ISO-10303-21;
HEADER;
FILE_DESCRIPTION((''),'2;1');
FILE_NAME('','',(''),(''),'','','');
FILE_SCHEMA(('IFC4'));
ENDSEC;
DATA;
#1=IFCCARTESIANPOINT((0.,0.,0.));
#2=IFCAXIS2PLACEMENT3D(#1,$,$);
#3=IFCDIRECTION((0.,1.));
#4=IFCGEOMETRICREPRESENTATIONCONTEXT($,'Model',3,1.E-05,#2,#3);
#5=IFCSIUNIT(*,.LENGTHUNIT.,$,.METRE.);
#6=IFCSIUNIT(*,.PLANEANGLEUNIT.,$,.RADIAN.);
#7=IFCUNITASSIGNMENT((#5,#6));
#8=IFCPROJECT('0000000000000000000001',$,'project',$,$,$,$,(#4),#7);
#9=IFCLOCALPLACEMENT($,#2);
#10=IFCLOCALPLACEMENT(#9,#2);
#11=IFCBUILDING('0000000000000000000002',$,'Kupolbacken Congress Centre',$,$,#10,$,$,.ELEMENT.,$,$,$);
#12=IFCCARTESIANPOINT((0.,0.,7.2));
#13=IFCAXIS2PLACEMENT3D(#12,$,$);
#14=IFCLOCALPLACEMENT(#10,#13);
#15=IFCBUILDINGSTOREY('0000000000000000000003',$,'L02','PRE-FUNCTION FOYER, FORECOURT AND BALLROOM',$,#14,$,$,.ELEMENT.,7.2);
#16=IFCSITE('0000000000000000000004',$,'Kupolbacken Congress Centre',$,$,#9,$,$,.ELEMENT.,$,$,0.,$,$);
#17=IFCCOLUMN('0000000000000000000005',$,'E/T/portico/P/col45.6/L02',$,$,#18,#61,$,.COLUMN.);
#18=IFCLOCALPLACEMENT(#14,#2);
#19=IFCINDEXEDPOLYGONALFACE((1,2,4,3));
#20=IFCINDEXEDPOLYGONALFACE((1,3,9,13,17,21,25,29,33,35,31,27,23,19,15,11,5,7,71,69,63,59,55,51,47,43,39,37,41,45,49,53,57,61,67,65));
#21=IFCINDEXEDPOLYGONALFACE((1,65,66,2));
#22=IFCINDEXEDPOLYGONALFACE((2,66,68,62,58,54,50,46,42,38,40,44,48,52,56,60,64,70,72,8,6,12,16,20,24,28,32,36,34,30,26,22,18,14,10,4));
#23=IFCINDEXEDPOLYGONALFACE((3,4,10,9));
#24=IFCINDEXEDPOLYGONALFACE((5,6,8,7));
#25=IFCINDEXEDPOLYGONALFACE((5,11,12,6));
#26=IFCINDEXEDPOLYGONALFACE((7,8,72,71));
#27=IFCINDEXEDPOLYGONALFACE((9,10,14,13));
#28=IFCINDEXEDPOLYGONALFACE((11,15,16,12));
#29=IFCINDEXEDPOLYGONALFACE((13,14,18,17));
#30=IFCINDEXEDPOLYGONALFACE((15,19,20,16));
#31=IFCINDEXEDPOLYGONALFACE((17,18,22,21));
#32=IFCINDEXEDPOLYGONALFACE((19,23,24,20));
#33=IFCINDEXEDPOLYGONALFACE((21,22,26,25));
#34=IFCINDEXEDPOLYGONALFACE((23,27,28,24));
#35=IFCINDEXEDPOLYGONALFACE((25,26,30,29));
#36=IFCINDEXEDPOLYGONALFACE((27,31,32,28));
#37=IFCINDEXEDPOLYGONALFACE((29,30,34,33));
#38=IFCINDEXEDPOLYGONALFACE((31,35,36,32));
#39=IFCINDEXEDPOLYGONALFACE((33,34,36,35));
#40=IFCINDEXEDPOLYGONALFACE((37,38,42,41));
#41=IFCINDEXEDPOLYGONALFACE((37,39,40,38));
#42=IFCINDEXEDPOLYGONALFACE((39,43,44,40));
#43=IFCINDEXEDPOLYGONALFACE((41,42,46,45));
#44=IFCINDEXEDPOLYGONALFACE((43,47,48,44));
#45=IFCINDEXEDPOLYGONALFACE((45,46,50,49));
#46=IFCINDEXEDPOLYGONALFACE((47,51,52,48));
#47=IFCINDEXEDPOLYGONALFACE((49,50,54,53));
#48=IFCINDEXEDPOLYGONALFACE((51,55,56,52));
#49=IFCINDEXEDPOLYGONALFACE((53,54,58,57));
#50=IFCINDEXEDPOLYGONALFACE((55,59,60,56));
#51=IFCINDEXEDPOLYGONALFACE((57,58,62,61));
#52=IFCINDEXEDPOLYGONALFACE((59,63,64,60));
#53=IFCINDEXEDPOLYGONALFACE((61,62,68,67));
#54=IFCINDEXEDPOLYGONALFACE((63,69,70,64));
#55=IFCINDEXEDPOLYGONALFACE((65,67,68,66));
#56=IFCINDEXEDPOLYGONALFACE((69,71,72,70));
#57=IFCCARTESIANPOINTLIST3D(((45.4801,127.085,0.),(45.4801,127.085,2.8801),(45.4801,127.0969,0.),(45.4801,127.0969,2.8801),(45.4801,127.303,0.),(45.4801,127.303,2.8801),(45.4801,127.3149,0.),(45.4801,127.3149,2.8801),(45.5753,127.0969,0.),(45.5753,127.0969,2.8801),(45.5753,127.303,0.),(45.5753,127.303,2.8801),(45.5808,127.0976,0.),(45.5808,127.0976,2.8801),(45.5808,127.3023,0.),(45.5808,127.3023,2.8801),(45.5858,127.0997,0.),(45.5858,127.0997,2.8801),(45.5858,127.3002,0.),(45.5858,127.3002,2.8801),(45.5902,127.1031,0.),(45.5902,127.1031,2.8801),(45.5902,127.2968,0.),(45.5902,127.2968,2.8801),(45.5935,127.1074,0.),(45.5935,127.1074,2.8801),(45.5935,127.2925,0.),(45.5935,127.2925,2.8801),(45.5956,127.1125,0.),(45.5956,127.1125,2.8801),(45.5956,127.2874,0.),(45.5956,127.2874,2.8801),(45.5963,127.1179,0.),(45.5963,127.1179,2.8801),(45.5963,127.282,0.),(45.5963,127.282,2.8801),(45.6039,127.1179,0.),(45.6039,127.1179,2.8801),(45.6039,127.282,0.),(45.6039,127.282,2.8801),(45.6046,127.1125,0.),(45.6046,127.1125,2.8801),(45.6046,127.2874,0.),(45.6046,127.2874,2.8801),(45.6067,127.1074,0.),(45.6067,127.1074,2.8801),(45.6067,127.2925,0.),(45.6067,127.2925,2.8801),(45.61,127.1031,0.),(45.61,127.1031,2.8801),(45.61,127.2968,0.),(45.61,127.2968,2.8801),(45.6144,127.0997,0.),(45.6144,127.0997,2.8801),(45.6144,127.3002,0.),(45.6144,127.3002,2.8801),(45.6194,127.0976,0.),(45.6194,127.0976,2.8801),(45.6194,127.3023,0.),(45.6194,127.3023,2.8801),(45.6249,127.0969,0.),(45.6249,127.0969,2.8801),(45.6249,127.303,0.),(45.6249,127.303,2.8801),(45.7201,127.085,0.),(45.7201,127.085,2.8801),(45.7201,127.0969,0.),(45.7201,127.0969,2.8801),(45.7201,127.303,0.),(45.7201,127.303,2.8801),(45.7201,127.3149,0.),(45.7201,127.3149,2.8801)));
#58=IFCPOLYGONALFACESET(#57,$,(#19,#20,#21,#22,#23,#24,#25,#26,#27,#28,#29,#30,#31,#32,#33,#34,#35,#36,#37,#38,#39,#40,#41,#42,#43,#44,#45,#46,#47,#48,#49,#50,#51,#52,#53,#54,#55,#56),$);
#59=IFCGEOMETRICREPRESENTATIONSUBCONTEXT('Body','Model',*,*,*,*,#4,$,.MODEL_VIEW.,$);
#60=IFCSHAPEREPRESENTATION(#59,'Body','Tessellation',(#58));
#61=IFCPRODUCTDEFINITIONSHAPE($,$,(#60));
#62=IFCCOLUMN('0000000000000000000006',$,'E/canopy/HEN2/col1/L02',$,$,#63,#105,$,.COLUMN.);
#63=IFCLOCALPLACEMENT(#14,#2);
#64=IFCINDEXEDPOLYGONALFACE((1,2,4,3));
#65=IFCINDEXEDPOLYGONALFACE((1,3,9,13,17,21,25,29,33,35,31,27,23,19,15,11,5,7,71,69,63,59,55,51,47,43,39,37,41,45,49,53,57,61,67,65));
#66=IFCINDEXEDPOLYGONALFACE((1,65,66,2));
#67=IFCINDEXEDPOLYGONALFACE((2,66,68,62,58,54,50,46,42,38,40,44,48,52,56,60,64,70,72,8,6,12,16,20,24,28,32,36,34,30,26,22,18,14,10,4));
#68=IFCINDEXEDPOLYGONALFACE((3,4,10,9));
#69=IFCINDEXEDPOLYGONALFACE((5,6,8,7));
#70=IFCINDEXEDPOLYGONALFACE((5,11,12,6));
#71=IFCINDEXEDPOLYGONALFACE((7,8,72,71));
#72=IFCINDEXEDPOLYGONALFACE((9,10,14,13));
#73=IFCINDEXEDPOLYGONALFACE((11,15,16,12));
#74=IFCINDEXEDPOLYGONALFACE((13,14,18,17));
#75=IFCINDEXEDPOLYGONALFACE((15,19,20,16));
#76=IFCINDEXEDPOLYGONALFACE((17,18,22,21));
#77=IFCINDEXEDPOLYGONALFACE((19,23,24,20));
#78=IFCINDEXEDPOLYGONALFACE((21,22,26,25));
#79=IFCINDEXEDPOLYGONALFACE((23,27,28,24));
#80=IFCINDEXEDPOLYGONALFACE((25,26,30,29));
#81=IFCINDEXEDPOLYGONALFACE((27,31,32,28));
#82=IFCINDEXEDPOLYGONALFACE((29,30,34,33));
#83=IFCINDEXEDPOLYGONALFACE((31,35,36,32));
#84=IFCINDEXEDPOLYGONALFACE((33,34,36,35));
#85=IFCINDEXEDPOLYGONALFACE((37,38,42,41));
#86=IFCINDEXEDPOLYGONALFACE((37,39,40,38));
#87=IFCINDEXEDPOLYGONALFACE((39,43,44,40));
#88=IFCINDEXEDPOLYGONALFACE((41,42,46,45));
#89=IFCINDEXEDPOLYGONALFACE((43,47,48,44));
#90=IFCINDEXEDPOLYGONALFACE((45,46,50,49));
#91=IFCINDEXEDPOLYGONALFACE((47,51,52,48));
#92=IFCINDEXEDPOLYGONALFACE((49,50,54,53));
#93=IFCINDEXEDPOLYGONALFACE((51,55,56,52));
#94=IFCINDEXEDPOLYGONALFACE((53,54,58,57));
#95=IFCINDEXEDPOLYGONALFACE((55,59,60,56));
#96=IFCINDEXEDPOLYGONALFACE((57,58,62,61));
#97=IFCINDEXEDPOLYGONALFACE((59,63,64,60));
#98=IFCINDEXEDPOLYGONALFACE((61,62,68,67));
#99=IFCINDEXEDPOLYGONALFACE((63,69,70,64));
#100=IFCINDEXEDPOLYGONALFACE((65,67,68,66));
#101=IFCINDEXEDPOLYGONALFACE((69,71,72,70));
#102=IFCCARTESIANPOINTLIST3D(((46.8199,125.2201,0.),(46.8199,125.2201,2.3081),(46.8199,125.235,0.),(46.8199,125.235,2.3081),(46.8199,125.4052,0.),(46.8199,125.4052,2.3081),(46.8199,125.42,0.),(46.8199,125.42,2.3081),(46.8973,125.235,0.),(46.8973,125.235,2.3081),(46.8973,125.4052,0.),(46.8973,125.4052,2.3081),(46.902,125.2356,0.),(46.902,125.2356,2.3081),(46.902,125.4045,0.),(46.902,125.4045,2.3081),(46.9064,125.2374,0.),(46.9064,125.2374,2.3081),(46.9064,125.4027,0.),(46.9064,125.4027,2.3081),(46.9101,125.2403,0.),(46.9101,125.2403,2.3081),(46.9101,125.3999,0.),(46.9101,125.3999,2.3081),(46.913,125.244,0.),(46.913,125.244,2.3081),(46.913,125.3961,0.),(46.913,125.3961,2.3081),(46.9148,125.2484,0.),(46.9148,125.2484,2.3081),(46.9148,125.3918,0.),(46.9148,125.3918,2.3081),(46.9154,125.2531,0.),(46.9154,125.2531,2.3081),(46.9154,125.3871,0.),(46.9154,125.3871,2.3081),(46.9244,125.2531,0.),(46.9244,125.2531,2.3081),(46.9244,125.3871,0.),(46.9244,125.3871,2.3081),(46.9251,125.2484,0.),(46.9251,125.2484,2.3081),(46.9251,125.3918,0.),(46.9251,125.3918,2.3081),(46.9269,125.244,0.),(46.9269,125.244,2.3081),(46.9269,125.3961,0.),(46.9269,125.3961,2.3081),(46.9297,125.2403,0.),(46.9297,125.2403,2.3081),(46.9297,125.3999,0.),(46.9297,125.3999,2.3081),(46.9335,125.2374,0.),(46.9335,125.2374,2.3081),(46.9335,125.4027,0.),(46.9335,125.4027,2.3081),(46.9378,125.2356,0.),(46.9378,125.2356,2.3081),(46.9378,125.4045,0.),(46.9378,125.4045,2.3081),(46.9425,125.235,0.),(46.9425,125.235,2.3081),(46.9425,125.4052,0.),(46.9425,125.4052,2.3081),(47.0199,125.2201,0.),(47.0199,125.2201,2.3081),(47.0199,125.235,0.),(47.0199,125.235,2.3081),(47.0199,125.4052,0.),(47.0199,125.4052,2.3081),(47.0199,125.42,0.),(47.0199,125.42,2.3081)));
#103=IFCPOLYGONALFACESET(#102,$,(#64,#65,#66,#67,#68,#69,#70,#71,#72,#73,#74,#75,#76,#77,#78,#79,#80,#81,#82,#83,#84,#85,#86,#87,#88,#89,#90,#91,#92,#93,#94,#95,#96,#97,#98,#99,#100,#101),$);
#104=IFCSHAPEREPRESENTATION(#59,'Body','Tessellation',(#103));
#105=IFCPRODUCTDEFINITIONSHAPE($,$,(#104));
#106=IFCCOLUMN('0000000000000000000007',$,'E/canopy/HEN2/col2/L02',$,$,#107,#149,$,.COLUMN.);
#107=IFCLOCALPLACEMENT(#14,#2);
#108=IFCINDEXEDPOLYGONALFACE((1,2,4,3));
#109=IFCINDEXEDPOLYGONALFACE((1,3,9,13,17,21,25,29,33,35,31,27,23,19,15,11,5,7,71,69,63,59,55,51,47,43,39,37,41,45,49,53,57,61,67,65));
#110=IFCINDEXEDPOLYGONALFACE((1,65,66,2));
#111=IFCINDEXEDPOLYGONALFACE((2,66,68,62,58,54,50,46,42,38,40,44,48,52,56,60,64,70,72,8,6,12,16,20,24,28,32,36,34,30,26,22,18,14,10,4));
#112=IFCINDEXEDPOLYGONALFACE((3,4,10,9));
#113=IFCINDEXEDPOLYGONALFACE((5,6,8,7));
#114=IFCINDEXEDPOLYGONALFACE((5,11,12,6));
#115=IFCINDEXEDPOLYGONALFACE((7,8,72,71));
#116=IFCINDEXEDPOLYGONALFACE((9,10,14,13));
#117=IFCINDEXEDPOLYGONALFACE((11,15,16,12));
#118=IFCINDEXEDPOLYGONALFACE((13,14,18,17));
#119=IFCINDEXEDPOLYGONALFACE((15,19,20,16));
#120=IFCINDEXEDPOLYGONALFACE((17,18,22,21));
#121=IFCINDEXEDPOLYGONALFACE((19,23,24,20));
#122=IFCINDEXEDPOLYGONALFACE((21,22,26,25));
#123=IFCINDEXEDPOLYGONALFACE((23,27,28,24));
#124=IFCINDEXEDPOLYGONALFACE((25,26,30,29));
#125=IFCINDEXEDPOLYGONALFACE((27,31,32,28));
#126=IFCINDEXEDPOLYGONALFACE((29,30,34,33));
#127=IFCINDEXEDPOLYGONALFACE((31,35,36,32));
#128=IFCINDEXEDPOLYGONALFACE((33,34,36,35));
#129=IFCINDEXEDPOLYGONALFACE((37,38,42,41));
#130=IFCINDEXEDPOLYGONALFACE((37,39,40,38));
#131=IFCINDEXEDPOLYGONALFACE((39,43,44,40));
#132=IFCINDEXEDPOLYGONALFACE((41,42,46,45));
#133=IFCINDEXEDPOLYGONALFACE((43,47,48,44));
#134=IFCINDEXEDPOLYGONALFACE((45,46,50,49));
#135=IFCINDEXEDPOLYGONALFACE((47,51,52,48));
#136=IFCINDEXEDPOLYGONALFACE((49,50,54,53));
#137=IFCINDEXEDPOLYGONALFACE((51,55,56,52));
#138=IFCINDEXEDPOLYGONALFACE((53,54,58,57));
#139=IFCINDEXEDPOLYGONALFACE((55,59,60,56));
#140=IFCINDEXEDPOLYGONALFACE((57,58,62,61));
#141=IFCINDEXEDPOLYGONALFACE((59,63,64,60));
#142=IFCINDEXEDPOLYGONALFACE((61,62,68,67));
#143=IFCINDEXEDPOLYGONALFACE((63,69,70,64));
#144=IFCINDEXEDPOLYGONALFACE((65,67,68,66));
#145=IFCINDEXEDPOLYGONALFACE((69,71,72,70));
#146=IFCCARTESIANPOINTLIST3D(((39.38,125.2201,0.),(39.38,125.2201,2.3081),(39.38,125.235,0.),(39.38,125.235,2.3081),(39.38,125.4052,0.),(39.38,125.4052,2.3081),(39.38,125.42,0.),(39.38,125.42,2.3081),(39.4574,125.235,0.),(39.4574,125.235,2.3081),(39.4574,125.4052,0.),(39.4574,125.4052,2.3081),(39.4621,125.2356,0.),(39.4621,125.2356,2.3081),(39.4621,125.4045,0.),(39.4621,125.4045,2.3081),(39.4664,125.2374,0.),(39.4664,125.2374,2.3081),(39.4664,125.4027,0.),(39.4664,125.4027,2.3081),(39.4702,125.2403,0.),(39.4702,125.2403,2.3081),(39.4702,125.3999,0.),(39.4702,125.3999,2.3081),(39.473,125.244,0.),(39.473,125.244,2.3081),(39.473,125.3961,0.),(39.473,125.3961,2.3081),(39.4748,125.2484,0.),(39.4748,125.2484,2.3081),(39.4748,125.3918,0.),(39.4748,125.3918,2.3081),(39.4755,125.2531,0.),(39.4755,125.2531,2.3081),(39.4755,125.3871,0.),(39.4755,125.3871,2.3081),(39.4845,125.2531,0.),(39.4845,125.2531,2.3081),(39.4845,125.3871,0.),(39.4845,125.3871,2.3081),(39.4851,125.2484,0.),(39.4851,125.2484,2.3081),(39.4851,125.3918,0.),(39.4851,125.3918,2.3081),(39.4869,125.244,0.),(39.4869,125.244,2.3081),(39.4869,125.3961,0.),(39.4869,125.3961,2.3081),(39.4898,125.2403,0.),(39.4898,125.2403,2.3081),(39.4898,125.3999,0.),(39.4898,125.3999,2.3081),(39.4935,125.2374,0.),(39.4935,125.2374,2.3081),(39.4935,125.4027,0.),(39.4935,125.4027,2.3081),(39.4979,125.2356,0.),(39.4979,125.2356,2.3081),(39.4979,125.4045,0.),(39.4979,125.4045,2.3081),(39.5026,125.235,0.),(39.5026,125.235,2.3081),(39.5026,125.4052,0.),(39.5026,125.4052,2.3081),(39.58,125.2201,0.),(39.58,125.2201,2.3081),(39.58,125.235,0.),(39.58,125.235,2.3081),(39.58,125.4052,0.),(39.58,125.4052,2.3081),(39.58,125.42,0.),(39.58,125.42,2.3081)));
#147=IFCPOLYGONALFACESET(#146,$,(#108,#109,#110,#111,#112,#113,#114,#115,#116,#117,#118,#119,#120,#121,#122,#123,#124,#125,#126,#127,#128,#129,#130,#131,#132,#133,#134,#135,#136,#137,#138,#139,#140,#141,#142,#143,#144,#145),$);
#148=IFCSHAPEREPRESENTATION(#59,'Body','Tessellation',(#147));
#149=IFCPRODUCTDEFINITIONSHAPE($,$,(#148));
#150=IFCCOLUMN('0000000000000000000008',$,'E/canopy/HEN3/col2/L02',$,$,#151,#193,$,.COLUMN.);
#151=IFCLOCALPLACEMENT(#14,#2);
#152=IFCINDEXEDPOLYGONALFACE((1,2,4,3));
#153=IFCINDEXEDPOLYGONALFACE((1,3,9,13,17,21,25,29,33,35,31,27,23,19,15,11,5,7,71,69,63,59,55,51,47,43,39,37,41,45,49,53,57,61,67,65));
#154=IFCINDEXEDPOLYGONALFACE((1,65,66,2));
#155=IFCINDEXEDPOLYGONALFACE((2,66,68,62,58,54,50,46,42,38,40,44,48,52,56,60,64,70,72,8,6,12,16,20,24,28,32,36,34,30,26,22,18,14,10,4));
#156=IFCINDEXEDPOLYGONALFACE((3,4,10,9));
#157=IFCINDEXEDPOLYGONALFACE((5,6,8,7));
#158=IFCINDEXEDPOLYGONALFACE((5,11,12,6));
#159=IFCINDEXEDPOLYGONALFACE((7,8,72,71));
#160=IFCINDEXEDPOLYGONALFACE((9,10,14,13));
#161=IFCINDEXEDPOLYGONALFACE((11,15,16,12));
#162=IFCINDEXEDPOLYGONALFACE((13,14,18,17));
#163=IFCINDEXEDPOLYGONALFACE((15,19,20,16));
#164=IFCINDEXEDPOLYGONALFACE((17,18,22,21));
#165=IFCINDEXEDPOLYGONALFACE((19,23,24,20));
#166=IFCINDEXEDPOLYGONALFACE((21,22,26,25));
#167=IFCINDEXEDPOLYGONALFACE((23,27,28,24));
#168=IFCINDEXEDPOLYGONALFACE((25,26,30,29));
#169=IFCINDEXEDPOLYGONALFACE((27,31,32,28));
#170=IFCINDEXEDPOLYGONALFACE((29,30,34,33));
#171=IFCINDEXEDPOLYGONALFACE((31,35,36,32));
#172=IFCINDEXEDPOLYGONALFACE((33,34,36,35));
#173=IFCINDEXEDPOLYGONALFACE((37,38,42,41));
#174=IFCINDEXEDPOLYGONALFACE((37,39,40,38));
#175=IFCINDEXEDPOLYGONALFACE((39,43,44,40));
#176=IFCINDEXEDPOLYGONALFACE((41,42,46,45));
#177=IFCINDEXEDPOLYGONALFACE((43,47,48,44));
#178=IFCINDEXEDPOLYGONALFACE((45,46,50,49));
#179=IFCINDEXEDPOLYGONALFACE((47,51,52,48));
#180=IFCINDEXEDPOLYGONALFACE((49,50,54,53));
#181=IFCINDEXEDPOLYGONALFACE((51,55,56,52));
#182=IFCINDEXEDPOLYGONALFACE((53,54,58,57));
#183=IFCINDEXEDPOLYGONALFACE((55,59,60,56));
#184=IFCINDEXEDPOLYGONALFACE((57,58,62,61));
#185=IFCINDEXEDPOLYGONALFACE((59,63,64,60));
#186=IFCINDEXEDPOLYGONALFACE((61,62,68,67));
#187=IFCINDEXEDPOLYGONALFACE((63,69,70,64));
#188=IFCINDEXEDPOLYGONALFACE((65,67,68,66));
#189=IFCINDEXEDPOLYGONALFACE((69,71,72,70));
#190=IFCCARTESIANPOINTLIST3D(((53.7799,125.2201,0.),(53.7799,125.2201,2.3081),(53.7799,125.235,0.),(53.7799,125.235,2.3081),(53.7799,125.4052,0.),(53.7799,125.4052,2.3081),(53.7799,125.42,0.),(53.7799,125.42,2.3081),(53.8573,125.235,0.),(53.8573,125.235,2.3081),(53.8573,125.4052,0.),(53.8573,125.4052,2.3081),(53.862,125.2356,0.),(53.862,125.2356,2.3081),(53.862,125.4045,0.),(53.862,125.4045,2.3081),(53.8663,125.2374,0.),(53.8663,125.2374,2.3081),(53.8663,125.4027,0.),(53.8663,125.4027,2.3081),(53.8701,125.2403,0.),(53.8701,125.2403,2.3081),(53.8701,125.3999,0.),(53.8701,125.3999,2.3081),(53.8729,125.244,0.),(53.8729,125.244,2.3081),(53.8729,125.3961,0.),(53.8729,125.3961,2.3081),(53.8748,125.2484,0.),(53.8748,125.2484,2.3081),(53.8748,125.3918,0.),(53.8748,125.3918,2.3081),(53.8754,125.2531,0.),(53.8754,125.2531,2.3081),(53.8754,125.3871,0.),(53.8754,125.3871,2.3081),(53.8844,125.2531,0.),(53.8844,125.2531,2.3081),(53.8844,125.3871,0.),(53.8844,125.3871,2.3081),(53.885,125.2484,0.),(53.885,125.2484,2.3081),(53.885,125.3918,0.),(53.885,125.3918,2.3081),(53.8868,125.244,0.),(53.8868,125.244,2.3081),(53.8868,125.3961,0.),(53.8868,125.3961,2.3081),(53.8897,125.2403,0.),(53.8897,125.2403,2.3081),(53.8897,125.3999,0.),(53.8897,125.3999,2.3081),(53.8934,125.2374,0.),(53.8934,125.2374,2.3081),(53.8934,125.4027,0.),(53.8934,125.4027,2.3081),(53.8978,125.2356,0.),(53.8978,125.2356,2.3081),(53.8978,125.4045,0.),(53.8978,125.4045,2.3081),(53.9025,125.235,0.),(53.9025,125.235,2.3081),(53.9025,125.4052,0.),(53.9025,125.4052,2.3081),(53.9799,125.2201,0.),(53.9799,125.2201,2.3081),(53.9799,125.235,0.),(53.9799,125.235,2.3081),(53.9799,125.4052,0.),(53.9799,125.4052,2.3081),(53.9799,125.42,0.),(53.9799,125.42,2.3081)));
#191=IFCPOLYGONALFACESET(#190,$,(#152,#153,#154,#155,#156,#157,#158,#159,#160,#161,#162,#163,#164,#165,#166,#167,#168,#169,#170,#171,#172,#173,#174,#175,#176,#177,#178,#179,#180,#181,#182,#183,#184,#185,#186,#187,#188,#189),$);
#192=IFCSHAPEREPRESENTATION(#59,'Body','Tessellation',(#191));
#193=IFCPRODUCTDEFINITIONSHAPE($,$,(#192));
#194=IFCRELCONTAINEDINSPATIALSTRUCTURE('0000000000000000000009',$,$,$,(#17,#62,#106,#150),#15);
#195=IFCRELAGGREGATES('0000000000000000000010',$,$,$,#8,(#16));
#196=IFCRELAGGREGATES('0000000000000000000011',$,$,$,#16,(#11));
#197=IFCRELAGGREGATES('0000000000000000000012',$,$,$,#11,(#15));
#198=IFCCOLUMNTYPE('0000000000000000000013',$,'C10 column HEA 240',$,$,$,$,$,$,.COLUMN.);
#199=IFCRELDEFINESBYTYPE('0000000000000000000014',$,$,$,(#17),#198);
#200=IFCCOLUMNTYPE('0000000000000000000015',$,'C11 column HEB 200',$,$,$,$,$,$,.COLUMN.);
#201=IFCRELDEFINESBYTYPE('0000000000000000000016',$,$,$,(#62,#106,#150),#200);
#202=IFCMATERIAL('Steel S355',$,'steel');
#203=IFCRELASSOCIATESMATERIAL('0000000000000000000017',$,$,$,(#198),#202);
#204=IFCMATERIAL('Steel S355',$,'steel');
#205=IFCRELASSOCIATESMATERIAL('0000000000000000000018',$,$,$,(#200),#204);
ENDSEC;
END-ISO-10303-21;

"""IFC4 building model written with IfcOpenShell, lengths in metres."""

from ifc_helpers import new_model, si_unit, direction, frame, origin, origin_2d, place, context, subcontext, project, spatial, i_section, extrude, material, material_profile, profile_set, type_object, element, save


model = new_model("IFC4")

# Units and contexts
model_context = context("Model", 3, precision=1e-05, world=origin(), true_north=direction((0.0, 1.0)))
body_context = subcontext(model_context, "Body", "Model", "MODEL_VIEW")
ifc_project = project(units=[si_unit("LENGTHUNIT", "METRE"), si_unit("PLANEANGLEUNIT", "RADIAN")], contexts=[model_context])

# Site, building, storey
site_placement = place(None, origin())
site = spatial("IfcSite", under=ifc_project, at=site_placement, Name="Kupolbacken Congress Centre", CompositionType="ELEMENT", RefElevation=0.0)
building_placement = place(site_placement, origin())
building = spatial("IfcBuilding", under=site, at=building_placement, Name="Kupolbacken Congress Centre", CompositionType="ELEMENT")
storey_placement = place(building_placement, frame((0.0, 0.0, 7.2)))
storey = spatial("IfcBuildingStorey", under=building, at=storey_placement, Name="L02", Description="PRE-FUNCTION FOYER, FORECOURT AND BALLROOM", CompositionType="ELEMENT", Elevation=7.2)

# Columns
ifc_material_1 = material(Name="Steel S355", Category="steel")
ifc_material_profile_1 = material_profile(ifc_material_1, i_section(OverallWidth=0.24, OverallDepth=0.23, WebThickness=0.0076, FlangeThickness=0.012, FilletRadius=0.021, at=origin_2d()), Name="HEA 240")
ifc_profile_set_1 = profile_set([ifc_material_profile_1], Name="Steel S355")
column_type_1 = type_object("IfcColumnType", Name="C10 column HEA 240", PredefinedType="COLUMN", material=ifc_profile_set_1)
column_placement = place(storey_placement, frame((45.6001, 127.2, 0.0), z_axis=(0.0, 0.0, 1.0), x_axis=(1.0, 0.0, 0.0)))
element("IfcColumn", 1, at=column_placement, inside=storey, type_object=column_type_1, Name="E/T/portico/P/col45.6/L02", PredefinedType="COLUMN", context=body_context, shape_type="SweptSolid", body=[
    extrude(i_section(OverallWidth=0.24, OverallDepth=0.23, WebThickness=0.0076, FlangeThickness=0.012, FilletRadius=0.021, at=origin_2d()), origin(), (0.0, 0.0, 1.0), 2.8801),
])
ifc_material_2 = material(Name="Steel S355", Category="steel")
ifc_material_profile_2 = material_profile(ifc_material_2, i_section(OverallWidth=0.2, OverallDepth=0.2, WebThickness=0.009, FlangeThickness=0.0149, FilletRadius=0.0181, at=origin_2d()), Name="HEB 200")
ifc_profile_set_2 = profile_set([ifc_material_profile_2], Name="Steel S355")
column_type_2 = type_object("IfcColumnType", Name="C11 column HEB 200", PredefinedType="COLUMN", material=ifc_profile_set_2)
for number, where, z_axis, x_axis, name in (
    (2, (46.9199, 125.3201, 0.0), (0.0, 0.0, 1.0), (1.0, 0.0, 0.0), "E/canopy/HEN2/col1/L02"),
    (3, (39.48, 125.3201, 0.0), (0.0, 0.0, 1.0), (1.0, 0.0, 0.0), "E/canopy/HEN2/col2/L02"),
    (4, (53.8799, 125.3201, 0.0), (0.0, 0.0, 1.0), (1.0, 0.0, 0.0), "E/canopy/HEN3/col2/L02"),
):
    element("IfcColumn", number, at=place(storey_placement, frame(where, z_axis=z_axis, x_axis=x_axis)), inside=storey, type_object=column_type_2, Name=name, PredefinedType="COLUMN", context=body_context, shape_type="SweptSolid", body=[
        extrude(i_section(OverallWidth=0.2, OverallDepth=0.2, WebThickness=0.009, FlangeThickness=0.0149, FilletRadius=0.0181, at=origin_2d()), origin(), (0.0, 0.0, 1.0), 2.3081),
    ])

save(model, "model.ifc")
